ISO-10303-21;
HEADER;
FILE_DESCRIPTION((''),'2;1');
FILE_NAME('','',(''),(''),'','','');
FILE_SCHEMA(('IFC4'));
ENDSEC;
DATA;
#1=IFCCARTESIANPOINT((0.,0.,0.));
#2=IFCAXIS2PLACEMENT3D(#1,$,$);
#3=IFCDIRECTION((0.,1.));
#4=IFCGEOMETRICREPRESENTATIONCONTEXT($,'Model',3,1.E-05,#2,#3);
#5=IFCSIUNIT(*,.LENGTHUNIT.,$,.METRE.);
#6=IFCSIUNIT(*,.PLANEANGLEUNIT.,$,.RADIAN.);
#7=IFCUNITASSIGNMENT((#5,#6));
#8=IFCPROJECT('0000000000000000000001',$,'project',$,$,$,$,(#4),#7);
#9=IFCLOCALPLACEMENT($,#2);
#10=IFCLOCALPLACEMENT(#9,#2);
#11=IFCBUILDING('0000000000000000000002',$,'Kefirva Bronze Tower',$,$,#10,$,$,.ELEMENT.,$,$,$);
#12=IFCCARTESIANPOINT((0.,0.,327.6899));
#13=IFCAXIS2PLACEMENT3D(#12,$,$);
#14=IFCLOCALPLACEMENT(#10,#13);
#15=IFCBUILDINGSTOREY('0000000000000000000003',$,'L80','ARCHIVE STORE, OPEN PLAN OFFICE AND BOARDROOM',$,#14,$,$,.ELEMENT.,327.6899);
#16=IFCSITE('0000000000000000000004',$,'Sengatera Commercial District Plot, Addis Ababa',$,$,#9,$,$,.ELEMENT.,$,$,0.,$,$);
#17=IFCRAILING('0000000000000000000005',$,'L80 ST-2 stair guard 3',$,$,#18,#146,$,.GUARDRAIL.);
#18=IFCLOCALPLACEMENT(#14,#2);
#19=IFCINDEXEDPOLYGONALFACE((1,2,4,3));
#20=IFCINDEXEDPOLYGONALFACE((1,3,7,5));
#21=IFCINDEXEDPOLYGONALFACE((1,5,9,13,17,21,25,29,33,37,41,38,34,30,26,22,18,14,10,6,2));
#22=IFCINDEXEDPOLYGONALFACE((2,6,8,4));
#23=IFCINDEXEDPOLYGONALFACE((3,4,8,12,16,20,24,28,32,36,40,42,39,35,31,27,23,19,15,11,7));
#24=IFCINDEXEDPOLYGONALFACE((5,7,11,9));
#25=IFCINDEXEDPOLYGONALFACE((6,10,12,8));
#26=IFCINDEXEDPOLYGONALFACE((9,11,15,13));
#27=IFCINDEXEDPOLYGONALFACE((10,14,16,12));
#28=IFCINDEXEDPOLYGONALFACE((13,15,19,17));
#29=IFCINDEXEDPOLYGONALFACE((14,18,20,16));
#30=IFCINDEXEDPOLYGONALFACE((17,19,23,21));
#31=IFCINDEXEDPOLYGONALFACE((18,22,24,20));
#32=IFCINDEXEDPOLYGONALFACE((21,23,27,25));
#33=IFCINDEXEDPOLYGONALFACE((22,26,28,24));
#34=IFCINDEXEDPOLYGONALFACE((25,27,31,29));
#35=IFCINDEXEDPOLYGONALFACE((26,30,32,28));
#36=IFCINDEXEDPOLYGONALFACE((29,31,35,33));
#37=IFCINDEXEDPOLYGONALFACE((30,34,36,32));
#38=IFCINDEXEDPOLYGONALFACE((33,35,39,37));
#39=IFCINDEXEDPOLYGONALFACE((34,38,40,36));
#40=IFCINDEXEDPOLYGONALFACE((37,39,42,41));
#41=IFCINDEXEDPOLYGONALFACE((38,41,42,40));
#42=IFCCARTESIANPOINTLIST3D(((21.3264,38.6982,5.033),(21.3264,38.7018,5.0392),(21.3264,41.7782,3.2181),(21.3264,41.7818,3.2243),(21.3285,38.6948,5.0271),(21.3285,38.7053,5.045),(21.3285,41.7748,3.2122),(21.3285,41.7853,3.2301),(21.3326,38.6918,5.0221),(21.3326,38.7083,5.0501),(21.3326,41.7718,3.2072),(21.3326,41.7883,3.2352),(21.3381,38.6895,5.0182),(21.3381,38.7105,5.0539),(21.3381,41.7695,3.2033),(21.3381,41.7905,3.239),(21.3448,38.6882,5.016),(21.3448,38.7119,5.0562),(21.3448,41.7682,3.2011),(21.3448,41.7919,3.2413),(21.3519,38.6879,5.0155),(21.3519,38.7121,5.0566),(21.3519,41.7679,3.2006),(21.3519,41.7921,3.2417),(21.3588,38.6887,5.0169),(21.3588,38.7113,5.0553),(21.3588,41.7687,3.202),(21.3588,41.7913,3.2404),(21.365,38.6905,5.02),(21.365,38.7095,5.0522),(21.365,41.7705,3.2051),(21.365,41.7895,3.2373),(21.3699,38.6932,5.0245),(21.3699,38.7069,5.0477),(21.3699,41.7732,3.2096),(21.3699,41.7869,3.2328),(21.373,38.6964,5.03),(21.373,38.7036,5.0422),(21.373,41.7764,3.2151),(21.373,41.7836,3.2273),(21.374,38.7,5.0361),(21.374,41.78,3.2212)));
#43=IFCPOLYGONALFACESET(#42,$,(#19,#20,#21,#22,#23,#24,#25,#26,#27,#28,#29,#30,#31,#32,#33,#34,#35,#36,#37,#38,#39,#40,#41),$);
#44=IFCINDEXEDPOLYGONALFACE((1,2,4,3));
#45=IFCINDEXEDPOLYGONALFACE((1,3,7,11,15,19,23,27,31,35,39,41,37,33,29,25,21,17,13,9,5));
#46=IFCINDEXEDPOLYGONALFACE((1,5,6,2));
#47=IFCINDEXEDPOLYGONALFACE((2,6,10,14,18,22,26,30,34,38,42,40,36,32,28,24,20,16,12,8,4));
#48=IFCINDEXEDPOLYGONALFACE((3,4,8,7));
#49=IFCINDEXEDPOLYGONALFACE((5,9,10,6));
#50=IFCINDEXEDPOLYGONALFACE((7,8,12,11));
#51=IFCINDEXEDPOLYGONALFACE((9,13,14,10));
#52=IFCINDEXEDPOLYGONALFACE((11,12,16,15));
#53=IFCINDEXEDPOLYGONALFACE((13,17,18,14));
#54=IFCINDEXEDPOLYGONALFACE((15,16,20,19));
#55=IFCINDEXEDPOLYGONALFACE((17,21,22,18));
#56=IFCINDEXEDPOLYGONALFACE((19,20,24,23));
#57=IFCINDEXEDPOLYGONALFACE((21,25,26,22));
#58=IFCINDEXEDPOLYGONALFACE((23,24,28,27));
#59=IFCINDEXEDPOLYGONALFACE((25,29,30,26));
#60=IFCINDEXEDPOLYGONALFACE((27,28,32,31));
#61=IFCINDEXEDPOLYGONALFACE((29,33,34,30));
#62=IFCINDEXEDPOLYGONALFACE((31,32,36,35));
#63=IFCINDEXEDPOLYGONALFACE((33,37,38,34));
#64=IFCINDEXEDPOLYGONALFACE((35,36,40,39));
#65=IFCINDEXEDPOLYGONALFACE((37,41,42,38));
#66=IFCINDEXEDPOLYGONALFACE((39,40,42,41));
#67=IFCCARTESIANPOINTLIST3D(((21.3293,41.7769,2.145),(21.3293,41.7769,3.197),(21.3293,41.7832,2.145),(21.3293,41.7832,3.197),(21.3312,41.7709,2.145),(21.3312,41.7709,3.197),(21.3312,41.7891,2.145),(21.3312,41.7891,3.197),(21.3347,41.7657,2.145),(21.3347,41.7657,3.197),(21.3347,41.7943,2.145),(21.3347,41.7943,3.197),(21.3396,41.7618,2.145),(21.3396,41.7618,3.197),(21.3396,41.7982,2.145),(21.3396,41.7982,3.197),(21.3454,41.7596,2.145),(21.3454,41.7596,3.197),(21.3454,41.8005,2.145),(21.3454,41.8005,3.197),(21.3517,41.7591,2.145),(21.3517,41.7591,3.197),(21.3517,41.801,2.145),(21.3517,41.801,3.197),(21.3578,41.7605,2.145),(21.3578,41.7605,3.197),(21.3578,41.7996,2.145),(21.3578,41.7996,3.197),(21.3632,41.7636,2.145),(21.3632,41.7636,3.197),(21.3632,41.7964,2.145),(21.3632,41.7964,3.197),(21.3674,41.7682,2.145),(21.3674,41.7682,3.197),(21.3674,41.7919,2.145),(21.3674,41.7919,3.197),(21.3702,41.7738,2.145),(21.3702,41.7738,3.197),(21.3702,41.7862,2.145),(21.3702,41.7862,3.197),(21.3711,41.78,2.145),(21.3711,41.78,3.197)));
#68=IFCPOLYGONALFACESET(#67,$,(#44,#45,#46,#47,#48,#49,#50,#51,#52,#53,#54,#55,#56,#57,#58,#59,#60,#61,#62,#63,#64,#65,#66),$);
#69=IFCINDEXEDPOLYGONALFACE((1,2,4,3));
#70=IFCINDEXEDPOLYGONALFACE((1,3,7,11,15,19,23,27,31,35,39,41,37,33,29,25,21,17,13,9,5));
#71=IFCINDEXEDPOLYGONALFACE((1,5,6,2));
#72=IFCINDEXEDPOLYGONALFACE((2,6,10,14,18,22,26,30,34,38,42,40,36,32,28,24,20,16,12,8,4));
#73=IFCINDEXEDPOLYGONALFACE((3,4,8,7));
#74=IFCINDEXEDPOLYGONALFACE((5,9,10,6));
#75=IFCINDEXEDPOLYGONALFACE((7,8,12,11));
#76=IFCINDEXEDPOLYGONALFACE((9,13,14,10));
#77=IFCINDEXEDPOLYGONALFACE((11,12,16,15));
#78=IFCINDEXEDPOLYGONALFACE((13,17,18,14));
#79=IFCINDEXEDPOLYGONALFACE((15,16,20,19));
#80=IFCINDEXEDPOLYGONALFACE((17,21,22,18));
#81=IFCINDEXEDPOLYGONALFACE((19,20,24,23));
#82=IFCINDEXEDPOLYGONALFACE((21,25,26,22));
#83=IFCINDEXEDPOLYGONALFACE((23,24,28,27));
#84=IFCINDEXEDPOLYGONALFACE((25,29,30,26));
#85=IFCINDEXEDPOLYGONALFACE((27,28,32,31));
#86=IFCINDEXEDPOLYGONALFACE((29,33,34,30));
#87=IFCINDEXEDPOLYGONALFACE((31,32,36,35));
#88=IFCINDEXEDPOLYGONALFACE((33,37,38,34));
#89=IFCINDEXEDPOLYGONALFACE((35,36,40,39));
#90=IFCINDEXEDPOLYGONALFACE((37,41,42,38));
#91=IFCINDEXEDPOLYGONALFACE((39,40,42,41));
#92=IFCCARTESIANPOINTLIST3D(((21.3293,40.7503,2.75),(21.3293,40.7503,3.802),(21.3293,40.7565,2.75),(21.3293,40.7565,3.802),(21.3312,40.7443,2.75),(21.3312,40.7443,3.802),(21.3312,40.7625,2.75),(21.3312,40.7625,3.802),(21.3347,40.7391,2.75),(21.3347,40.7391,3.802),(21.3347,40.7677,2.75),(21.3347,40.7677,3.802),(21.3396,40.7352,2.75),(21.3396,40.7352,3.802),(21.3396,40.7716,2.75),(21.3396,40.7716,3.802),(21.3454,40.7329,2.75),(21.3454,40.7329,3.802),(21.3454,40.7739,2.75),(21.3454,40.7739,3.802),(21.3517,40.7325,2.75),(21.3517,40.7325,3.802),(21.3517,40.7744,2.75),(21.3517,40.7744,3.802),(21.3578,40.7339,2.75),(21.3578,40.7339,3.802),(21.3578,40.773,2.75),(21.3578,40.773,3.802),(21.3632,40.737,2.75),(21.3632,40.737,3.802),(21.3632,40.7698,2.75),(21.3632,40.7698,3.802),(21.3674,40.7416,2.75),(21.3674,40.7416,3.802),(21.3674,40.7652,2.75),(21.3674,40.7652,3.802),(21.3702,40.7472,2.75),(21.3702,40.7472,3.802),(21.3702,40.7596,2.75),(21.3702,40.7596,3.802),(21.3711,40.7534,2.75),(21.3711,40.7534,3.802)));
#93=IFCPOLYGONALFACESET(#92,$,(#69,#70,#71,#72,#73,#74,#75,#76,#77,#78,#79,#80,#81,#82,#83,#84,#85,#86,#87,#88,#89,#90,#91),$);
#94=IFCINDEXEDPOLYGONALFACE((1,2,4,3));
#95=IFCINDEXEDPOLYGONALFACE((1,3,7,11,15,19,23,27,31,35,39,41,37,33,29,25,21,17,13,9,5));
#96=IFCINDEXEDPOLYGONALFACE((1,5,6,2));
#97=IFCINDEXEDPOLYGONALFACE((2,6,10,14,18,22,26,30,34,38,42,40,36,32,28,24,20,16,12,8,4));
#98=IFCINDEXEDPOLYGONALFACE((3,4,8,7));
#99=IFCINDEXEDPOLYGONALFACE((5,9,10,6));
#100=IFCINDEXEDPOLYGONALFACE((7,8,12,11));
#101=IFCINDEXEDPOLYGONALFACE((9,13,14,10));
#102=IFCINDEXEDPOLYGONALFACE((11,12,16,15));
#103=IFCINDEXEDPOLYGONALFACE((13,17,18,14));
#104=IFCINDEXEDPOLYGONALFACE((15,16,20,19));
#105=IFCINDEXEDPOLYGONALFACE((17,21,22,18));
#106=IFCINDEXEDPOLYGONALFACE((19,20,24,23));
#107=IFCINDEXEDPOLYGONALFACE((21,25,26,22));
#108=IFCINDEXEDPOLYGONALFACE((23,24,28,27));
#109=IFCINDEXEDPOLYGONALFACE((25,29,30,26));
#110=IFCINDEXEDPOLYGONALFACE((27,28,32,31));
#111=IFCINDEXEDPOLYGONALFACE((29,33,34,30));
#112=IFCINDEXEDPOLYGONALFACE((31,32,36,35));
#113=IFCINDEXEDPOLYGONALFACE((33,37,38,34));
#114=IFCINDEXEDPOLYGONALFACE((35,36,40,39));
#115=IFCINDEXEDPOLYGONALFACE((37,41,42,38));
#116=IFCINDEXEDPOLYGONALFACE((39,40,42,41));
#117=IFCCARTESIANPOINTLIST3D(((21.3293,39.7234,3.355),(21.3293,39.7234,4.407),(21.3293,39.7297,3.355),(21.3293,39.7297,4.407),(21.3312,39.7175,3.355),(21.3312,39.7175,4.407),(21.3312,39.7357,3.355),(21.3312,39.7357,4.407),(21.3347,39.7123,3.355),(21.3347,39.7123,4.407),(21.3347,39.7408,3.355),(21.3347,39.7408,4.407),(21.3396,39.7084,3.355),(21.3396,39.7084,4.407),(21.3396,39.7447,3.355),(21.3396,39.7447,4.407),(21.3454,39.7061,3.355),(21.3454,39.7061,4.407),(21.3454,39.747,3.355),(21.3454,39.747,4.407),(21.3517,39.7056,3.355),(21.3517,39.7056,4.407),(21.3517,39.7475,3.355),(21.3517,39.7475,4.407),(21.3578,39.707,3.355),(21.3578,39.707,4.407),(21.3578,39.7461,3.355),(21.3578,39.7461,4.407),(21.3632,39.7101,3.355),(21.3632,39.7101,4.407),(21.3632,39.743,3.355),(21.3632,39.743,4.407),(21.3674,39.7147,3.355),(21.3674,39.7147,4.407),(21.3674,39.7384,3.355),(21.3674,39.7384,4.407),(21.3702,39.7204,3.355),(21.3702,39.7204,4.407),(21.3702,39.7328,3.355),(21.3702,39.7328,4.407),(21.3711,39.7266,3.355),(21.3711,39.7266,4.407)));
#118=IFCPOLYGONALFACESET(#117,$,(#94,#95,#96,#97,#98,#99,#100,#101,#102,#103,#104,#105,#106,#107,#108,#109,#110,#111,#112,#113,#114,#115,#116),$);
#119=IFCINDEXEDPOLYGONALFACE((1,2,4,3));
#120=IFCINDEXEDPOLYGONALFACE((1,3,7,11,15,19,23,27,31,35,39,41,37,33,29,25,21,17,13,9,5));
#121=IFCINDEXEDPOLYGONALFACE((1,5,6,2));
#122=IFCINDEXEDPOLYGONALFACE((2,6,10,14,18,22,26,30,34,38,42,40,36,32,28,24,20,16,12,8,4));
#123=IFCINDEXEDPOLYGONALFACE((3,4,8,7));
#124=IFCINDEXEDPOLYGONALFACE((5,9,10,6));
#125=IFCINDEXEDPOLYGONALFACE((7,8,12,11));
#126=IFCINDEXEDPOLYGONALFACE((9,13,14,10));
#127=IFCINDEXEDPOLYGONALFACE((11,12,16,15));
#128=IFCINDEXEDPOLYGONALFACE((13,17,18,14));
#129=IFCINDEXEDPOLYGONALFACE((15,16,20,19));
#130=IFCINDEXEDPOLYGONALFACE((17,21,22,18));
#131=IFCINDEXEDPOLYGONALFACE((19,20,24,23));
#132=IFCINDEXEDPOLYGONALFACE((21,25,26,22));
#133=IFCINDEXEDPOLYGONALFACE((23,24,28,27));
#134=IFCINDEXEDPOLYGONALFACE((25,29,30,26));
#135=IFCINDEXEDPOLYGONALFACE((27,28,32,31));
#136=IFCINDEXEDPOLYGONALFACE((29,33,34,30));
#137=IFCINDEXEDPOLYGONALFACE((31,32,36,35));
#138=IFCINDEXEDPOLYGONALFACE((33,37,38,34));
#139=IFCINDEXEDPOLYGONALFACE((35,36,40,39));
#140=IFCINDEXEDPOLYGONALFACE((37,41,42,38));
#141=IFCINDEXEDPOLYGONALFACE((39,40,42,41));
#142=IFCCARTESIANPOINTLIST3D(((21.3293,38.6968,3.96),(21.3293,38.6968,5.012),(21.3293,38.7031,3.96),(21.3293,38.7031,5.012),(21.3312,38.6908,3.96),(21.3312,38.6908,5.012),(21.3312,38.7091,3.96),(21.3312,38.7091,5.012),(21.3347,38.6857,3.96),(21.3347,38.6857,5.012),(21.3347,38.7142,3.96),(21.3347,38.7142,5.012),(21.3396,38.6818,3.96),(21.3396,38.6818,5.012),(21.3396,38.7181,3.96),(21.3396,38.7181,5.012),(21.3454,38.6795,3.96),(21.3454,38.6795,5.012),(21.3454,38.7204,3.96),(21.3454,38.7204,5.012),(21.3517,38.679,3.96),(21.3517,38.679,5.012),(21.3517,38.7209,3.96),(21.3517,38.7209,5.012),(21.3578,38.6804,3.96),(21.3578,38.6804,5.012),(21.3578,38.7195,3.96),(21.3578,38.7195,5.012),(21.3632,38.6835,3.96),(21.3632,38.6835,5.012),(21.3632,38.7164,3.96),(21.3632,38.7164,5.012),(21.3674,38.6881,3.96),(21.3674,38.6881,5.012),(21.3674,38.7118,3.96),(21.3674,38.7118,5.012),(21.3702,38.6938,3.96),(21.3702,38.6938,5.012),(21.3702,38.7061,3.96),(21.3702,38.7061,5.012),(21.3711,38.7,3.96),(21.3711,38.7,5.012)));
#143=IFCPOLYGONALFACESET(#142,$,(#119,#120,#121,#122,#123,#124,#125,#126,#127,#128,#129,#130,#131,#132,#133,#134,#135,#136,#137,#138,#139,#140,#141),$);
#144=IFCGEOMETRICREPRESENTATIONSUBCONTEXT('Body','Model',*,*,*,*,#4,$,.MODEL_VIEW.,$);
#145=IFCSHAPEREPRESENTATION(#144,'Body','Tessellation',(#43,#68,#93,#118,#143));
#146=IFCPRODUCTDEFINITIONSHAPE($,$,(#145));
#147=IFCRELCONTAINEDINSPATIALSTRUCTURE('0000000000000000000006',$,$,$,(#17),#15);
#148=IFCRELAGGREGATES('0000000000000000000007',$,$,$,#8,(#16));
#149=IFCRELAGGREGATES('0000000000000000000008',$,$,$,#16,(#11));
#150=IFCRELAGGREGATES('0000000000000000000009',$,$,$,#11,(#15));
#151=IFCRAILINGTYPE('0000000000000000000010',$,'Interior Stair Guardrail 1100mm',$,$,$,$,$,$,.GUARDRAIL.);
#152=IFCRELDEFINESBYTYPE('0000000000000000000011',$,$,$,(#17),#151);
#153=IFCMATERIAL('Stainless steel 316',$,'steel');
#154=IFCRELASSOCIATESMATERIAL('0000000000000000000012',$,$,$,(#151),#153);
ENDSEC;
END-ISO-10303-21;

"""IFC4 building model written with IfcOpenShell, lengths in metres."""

from ifc_helpers import new_model, si_unit, direction, frame, origin, origin_2d, place, context, subcontext, project, spatial, circle, extrude, material, type_object, element, save


model = new_model("IFC4")

# Units and contexts
model_context = context("Model", 3, precision=1e-05, world=origin(), true_north=direction((0.0, 1.0)))
body_context = subcontext(model_context, "Body", "Model", "MODEL_VIEW")
ifc_project = project(units=[si_unit("LENGTHUNIT", "METRE"), si_unit("PLANEANGLEUNIT", "RADIAN")], contexts=[model_context])

# Site, building, storey
site_placement = place(None, origin())
site = spatial("IfcSite", under=ifc_project, at=site_placement, Name="Sengatera Commercial District Plot, Addis Ababa", CompositionType="ELEMENT", RefElevation=0.0)
building_placement = place(site_placement, origin())
building = spatial("IfcBuilding", under=site, at=building_placement, Name="Kefirva Bronze Tower", CompositionType="ELEMENT")
storey_placement = place(building_placement, frame((0.0, 0.0, 327.6899)))
storey = spatial("IfcBuildingStorey", under=building, at=storey_placement, Name="L80", Description="ARCHIVE STORE, OPEN PLAN OFFICE AND BOARDROOM", CompositionType="ELEMENT", Elevation=327.6899)

# Shared definitions
ifc_material_1 = material(Name="Stainless steel 316", Category="steel")

# Railing
railing_type_1 = type_object("IfcRailingType", Name="Interior Stair Guardrail 1100mm", PredefinedType="GUARDRAIL", material=ifc_material_1)
railing_1_placement = place(storey_placement, frame((21.3501, 41.78, 2.145)))
element("IfcRailing", 1, at=railing_1_placement, inside=storey, type_object=railing_type_1, Name="L80 ST-2 stair guard 3", PredefinedType="GUARDRAIL", context=body_context, shape_type="SweptSolid", body=[
    extrude(circle(Radius=0.0239, at=origin_2d()), frame((0.0, 0.0, 1.0762), z_axis=(0.0, -0.861551, 0.507671), x_axis=(1.0, 0.0, 0.0)), (0.0, 0.0, 1.0), 3.575),
    extrude(circle(Radius=0.021, at=origin_2d()), origin(), (0.0, 0.0, 1.0), 1.052),
    extrude(circle(Radius=0.021, at=origin_2d()), frame((0.0, -1.0266, 0.605)), (0.0, 0.0, 1.0), 1.052),
    extrude(circle(Radius=0.021, at=origin_2d()), frame((0.0, -2.0535, 1.21)), (0.0, 0.0, 1.0), 1.052),
    extrude(circle(Radius=0.021, at=origin_2d()), frame((0.0, -3.0801, 1.8149)), (0.0, 0.0, 1.0), 1.052),
])

save(model, "model.ifc")
